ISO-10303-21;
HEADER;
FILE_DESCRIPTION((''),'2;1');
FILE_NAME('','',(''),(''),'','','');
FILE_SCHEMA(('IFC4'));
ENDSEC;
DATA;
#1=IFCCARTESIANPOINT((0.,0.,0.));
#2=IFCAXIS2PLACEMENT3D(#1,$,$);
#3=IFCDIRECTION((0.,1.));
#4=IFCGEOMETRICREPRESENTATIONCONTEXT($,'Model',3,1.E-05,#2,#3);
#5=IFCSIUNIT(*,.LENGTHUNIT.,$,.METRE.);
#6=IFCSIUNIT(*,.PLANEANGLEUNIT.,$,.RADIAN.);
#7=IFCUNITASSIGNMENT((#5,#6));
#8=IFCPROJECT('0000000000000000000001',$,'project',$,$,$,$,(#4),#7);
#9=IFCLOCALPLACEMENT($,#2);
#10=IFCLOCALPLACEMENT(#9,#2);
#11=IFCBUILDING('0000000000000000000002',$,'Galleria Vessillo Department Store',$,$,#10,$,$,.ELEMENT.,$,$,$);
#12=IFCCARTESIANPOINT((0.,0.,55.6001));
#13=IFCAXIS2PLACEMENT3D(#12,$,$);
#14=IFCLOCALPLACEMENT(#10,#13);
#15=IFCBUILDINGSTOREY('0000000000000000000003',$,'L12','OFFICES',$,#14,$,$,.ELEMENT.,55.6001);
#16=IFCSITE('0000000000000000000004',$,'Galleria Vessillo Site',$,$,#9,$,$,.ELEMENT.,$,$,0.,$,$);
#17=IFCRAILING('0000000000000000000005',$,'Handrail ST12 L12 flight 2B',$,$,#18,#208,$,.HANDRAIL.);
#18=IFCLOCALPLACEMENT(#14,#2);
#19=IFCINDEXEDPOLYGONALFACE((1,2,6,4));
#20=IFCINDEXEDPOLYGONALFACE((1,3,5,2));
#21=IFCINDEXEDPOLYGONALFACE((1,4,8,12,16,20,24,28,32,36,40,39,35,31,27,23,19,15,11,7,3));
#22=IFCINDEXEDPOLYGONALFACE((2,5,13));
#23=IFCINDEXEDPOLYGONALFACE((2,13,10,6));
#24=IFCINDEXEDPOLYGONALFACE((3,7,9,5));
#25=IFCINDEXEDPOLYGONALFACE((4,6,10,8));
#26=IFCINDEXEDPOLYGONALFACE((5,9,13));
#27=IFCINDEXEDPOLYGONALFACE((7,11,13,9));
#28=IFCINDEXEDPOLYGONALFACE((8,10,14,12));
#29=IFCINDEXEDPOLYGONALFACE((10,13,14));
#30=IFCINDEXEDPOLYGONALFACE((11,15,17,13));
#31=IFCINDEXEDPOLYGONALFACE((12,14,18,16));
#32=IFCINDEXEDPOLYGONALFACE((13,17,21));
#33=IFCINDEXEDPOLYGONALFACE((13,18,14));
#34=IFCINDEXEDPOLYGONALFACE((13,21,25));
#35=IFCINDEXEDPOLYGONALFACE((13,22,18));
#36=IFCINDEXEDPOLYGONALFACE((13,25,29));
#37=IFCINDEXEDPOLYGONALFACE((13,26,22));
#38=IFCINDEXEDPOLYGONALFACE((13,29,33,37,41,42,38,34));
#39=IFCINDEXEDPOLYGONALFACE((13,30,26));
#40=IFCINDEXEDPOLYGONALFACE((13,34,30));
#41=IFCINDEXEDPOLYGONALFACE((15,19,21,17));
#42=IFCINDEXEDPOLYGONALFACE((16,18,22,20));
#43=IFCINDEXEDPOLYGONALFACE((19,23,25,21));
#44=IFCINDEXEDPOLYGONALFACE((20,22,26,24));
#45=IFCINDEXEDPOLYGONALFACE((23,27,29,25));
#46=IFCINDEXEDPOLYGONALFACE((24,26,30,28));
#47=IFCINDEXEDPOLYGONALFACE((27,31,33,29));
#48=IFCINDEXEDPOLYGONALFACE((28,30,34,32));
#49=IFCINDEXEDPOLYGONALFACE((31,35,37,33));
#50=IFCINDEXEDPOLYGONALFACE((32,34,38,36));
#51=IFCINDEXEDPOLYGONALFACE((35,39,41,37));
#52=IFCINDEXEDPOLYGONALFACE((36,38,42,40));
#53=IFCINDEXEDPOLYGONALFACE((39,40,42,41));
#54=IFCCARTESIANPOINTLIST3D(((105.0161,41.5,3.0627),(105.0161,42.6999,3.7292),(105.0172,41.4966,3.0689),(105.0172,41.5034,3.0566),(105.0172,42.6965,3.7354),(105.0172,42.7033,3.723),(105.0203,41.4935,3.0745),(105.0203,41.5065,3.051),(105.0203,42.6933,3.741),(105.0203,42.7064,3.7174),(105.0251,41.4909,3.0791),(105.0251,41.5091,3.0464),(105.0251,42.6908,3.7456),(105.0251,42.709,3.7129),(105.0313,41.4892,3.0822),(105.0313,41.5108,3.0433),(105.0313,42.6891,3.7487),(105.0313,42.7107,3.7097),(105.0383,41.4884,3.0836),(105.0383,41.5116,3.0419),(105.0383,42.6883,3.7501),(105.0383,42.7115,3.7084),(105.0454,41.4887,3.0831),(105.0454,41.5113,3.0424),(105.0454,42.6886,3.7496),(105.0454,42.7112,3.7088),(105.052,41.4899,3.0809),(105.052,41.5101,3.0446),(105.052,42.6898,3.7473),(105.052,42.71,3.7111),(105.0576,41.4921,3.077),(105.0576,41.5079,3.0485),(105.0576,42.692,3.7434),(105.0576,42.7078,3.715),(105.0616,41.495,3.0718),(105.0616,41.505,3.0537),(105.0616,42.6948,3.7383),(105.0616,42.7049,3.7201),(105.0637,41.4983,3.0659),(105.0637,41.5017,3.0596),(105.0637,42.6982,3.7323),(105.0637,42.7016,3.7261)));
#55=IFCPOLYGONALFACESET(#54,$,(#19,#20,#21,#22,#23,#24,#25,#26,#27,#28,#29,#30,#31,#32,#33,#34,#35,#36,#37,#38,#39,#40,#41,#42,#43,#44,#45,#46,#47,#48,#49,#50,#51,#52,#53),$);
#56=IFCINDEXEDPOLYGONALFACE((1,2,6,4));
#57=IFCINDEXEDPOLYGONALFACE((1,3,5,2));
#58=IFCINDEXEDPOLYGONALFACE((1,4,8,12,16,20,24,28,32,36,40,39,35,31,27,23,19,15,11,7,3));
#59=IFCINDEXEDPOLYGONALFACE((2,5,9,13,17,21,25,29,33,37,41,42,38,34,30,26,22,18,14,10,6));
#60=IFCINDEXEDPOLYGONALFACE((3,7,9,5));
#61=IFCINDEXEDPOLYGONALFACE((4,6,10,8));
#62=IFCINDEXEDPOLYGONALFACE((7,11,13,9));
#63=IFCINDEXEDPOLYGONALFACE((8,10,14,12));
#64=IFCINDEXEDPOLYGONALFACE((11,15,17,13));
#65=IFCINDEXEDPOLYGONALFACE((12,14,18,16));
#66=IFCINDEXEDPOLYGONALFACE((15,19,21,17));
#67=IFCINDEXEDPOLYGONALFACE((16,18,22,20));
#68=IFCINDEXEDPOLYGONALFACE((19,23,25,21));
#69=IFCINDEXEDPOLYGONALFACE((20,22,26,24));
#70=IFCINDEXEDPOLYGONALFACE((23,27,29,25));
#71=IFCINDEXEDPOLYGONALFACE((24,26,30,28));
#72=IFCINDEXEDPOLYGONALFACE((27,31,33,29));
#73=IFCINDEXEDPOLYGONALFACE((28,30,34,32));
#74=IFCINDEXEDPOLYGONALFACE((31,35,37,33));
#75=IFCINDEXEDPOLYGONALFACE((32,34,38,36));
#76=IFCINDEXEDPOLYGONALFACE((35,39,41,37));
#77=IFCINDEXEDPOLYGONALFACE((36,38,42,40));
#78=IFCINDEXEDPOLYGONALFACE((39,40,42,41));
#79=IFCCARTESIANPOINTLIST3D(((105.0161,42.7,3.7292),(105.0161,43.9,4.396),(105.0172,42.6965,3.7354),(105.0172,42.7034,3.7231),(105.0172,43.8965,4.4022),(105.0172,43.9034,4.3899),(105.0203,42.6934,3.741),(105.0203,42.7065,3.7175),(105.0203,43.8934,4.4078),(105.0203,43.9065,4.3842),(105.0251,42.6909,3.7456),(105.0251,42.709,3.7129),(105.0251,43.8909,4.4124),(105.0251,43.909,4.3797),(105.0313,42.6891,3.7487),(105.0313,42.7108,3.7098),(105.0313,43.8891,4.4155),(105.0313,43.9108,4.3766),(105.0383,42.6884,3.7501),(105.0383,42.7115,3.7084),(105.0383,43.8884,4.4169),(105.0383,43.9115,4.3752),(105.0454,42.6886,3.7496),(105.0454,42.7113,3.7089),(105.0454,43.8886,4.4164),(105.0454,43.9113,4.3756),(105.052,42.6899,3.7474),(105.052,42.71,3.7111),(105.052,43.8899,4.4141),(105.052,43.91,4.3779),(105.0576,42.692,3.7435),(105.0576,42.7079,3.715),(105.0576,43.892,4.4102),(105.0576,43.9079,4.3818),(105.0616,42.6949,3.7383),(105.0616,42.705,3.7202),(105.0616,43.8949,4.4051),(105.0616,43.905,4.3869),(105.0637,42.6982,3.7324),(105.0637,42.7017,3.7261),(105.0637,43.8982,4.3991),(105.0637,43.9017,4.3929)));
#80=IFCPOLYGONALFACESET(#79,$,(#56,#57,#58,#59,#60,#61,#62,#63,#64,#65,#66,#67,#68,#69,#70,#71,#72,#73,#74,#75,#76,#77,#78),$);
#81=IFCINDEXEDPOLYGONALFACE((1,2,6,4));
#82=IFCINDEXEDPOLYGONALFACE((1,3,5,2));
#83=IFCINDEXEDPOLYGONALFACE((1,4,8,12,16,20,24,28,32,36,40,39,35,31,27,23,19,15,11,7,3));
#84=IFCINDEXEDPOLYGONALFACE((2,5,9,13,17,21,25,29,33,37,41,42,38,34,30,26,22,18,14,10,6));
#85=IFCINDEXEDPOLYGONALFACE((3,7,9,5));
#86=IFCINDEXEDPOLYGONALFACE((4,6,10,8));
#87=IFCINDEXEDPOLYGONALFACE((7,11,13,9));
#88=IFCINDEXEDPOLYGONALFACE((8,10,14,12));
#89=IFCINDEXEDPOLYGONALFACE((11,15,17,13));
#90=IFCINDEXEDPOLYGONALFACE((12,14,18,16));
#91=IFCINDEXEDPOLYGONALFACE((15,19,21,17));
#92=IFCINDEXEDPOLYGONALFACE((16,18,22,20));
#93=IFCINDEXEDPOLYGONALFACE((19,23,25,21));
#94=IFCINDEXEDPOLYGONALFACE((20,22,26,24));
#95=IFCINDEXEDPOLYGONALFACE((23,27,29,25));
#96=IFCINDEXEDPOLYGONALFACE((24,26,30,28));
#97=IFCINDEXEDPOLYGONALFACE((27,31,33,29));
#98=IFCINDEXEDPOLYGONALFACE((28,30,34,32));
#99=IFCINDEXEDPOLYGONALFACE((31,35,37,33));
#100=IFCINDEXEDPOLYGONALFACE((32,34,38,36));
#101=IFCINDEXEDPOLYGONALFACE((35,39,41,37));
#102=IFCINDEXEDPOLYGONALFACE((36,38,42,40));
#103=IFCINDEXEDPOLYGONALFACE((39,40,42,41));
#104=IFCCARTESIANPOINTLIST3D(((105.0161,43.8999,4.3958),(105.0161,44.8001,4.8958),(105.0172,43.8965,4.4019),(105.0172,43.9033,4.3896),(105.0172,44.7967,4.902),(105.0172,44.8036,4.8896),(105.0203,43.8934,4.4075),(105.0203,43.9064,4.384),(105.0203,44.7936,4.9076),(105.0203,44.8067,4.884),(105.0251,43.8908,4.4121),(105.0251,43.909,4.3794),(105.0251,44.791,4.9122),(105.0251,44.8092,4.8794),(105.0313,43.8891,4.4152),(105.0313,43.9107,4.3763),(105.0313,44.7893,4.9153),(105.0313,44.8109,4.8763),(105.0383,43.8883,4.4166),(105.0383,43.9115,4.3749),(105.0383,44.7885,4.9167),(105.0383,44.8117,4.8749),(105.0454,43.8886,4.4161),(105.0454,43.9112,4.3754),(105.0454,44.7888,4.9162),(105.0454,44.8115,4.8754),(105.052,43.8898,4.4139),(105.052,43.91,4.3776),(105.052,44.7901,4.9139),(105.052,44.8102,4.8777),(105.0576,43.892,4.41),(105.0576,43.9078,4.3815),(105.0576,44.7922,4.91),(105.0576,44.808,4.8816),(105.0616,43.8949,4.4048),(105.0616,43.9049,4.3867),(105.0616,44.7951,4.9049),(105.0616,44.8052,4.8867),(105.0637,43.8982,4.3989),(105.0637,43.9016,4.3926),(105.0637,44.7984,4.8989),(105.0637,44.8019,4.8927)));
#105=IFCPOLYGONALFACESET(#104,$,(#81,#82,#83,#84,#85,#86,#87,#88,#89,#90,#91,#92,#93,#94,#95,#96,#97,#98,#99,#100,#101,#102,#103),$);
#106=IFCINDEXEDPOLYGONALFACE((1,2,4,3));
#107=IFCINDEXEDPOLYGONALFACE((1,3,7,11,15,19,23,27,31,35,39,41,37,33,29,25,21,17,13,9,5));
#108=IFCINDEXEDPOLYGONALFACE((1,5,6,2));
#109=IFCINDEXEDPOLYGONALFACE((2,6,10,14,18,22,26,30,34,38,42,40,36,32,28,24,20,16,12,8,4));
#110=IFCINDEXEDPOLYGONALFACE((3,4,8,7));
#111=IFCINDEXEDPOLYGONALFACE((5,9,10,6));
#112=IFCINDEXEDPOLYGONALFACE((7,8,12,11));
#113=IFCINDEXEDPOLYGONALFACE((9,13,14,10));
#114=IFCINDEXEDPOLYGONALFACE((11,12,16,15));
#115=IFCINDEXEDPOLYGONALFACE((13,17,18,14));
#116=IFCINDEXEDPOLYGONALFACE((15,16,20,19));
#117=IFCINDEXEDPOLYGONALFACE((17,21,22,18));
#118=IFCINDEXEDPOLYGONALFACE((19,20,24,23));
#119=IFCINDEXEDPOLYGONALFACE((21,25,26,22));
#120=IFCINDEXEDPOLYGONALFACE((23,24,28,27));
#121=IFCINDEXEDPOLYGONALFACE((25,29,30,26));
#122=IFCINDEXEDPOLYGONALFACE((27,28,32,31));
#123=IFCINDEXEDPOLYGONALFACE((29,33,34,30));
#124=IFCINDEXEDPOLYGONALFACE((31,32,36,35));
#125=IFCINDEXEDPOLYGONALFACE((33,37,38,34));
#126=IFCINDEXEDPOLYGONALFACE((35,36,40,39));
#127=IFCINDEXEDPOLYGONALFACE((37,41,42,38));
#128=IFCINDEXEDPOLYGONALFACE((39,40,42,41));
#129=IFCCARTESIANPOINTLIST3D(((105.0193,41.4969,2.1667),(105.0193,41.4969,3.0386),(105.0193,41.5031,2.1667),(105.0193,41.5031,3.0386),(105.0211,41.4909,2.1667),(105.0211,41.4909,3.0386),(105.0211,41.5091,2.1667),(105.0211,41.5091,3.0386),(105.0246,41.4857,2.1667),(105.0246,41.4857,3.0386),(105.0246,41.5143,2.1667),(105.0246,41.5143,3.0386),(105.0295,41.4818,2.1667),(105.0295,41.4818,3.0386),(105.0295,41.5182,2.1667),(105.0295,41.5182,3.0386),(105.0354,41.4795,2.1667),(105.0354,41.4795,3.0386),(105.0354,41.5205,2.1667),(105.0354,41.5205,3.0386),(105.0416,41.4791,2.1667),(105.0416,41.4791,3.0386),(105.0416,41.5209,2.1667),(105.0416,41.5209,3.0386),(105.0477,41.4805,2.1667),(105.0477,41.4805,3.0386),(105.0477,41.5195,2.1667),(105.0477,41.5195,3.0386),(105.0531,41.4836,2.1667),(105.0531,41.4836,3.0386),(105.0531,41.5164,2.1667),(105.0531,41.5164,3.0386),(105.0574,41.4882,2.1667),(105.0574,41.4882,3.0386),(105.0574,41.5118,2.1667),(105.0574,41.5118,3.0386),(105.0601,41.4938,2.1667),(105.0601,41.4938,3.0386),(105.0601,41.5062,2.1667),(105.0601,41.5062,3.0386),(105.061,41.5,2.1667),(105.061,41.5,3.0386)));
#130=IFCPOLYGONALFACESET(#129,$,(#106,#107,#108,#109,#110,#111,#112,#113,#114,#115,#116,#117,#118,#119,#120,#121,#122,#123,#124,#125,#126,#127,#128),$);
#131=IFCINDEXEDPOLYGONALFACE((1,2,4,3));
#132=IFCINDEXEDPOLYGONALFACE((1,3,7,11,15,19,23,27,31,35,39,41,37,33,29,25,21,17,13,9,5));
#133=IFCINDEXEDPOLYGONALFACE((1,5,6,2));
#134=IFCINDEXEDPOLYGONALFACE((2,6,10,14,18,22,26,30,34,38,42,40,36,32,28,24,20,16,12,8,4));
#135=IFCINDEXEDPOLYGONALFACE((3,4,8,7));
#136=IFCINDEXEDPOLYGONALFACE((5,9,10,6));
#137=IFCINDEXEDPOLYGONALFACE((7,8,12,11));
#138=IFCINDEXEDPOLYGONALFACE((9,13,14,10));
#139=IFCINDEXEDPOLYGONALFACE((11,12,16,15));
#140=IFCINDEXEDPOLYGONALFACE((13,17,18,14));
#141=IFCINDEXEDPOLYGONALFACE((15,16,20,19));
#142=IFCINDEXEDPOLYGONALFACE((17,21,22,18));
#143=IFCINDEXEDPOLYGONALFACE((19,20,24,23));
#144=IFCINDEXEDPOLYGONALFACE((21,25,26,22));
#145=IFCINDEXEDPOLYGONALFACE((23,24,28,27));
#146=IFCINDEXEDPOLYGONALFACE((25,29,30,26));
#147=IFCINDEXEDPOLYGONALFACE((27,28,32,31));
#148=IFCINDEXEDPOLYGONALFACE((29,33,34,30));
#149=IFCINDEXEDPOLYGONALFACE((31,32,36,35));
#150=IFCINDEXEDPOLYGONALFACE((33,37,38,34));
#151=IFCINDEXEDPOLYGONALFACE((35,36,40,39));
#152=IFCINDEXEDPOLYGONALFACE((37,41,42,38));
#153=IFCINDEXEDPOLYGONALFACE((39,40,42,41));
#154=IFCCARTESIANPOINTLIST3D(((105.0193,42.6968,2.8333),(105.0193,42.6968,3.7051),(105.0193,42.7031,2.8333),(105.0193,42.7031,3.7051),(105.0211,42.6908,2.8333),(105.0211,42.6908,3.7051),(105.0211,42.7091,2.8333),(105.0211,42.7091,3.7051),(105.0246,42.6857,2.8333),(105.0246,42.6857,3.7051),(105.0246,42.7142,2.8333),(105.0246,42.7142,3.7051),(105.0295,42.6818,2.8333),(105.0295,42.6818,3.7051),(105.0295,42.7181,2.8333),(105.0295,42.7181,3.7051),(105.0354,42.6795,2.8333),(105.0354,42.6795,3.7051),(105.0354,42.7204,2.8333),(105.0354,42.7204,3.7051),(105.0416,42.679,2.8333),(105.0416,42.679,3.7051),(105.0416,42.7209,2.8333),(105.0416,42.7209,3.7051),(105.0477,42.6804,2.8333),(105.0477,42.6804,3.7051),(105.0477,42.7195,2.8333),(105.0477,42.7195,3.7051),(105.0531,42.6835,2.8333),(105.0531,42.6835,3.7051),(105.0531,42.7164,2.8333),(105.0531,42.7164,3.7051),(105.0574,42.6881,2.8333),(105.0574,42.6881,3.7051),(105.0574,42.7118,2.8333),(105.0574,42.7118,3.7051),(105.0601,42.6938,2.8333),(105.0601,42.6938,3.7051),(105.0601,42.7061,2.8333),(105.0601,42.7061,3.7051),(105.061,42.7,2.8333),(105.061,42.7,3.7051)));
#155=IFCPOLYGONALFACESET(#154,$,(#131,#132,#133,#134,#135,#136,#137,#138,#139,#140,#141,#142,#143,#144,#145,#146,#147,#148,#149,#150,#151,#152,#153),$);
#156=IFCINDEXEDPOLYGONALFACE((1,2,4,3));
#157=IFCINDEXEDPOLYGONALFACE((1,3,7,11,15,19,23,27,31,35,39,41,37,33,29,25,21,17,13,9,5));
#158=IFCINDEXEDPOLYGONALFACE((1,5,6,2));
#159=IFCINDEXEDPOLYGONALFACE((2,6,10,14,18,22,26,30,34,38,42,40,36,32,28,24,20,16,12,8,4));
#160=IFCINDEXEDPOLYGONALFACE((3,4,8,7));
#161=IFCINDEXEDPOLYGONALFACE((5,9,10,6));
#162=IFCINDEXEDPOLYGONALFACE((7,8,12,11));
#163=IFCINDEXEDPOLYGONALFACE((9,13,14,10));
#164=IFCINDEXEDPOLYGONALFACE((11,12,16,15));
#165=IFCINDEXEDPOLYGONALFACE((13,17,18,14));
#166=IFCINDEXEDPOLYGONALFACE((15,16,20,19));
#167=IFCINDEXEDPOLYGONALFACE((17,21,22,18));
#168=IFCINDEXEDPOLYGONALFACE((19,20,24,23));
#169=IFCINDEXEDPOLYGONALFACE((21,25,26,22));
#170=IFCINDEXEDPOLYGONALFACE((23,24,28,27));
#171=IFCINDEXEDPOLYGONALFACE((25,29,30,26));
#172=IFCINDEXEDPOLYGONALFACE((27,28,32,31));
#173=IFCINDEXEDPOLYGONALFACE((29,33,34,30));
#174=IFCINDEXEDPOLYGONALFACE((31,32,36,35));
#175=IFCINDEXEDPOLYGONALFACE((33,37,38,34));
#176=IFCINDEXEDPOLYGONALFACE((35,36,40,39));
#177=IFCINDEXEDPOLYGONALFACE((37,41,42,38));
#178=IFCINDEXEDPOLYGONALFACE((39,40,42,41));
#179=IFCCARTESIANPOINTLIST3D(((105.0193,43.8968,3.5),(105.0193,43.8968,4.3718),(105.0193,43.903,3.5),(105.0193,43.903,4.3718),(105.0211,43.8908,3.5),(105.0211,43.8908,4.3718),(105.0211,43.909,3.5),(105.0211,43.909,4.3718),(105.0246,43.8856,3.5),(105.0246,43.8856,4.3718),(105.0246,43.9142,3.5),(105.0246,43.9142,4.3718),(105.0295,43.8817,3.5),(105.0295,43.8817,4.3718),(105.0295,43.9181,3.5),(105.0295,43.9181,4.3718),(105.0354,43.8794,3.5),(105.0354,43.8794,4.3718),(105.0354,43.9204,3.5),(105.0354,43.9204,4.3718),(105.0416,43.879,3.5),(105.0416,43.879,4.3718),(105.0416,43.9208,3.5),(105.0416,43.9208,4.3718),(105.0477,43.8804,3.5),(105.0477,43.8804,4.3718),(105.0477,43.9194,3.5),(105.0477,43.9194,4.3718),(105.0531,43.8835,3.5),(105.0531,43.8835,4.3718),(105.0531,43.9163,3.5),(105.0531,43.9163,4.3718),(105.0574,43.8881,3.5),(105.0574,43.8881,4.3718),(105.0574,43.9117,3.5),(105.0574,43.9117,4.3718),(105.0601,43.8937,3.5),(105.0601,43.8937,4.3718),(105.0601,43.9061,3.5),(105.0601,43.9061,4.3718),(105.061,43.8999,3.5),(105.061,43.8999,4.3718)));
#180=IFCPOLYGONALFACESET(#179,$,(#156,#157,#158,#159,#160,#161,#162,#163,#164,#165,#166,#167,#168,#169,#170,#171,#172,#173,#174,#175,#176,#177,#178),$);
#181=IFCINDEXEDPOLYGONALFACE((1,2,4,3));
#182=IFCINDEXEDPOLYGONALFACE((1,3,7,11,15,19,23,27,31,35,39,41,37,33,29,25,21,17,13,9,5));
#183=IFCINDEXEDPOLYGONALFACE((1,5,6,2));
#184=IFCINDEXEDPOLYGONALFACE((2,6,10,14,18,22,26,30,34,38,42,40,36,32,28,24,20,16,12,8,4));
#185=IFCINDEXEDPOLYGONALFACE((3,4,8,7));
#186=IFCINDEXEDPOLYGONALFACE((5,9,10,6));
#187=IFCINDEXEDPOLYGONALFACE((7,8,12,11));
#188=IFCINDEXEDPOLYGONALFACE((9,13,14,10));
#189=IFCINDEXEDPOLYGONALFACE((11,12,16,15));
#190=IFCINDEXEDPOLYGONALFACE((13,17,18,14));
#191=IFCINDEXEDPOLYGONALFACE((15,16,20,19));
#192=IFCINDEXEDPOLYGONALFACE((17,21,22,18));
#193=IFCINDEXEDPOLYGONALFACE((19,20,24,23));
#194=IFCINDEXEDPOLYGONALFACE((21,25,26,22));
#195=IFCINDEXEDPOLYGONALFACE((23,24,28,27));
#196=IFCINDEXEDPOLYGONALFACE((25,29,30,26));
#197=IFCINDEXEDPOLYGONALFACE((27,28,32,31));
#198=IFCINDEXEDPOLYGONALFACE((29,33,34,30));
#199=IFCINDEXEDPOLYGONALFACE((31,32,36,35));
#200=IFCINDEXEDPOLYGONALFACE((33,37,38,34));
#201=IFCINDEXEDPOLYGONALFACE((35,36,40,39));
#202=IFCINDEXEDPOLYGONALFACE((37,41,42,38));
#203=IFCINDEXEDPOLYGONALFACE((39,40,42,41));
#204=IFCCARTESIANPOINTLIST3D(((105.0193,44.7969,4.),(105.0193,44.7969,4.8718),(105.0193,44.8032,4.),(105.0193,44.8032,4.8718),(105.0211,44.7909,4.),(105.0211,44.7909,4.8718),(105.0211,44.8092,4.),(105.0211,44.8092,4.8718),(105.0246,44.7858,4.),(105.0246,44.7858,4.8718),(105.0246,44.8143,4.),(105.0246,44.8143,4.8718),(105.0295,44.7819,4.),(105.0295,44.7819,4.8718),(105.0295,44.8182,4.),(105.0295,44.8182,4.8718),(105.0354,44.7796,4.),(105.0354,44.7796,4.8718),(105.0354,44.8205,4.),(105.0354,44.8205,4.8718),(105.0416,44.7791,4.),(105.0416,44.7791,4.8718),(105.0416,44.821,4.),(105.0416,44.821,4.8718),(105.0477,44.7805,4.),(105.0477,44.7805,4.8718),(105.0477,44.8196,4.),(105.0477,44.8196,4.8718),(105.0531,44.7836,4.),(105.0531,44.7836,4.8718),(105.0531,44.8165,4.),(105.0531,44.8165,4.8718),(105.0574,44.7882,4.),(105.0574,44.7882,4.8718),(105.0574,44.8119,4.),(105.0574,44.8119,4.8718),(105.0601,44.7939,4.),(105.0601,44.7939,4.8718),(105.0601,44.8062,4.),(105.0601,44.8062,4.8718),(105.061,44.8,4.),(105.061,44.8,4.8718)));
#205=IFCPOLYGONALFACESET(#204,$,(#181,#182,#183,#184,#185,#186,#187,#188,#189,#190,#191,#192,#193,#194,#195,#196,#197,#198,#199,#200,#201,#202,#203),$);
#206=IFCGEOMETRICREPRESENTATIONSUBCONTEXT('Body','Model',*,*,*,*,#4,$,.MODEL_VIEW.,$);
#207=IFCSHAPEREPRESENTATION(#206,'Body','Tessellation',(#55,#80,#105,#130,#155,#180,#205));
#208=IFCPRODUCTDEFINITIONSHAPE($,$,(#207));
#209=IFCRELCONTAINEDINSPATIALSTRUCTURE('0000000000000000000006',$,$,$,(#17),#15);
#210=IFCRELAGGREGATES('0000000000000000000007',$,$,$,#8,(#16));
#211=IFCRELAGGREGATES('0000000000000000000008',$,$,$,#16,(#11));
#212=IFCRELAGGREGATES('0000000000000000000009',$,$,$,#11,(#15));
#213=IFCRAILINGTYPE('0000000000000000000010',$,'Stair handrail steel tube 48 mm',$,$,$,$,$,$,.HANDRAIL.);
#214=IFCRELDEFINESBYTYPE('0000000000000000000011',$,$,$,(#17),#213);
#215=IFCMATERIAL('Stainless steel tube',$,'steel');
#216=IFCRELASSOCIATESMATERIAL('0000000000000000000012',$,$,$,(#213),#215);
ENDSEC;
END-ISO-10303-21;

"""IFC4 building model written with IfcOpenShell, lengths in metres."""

from ifc_helpers import new_model, si_unit, direction, frame, origin, origin_2d, place, context, subcontext, project, spatial, circle, extrude, material, type_object, element, save


model = new_model("IFC4")

# Units and contexts
model_context = context("Model", 3, precision=1e-05, world=origin(), true_north=direction((0.0, 1.0)))
body_context = subcontext(model_context, "Body", "Model", "MODEL_VIEW")
ifc_project = project(units=[si_unit("LENGTHUNIT", "METRE"), si_unit("PLANEANGLEUNIT", "RADIAN")], contexts=[model_context])

# Site, building, storey
site_placement = place(None, origin())
site = spatial("IfcSite", under=ifc_project, at=site_placement, Name="Galleria Vessillo Site", CompositionType="ELEMENT", RefElevation=0.0)
building_placement = place(site_placement, origin())
building = spatial("IfcBuilding", under=site, at=building_placement, Name="Galleria Vessillo Department Store", CompositionType="ELEMENT")
storey_placement = place(building_placement, frame((0.0, 0.0, 55.6001)))
storey = spatial("IfcBuildingStorey", under=building, at=storey_placement, Name="L12", Description="OFFICES", CompositionType="ELEMENT", Elevation=55.6001)

# Railing
ifc_material_1 = material(Name="Stainless steel tube", Category="steel")
railing_type = type_object("IfcRailingType", Name="Stair handrail steel tube 48 mm", PredefinedType="HANDRAIL", material=ifc_material_1)
for number, where, name in (
    (1, (105.04, 41.5, 2.1667), "Handrail ST12 L12 flight 2B"),
):
    element("IfcRailing", number, at=place(storey_placement, frame(where)), inside=storey, type_object=railing_type, Name=name, PredefinedType="HANDRAIL", context=body_context, shape_type="SweptSolid", body=[
        extrude(circle(Radius=0.0239, at=origin_2d()), frame((0.0, 0.0, 0.896), z_axis=(0.0, 0.874199, 0.485567), x_axis=(-1.0, 0.0, 0.0)), (0.0, 0.0, 1.0), 1.3726),
        extrude(circle(Radius=0.0239, at=origin_2d()), frame((0.0, 1.2, 1.5625), z_axis=(0.0, 0.874124, 0.485703), x_axis=(-1.0, 0.0, 0.0)), (0.0, 0.0, 1.0), 1.3728),
        extrude(circle(Radius=0.0239, at=origin_2d()), frame((0.0, 2.3999, 2.229), z_axis=(0.0, 0.874191, 0.485583), x_axis=(-1.0, 0.0, 0.0)), (0.0, 0.0, 1.0), 1.0298),
        extrude(circle(Radius=0.021, at=origin_2d()), origin(), (0.0, 0.0, 1.0), 0.8718),
        extrude(circle(Radius=0.021, at=origin_2d()), frame((0.0, 1.2, 0.6665)), (0.0, 0.0, 1.0), 0.8718),
        extrude(circle(Radius=0.021, at=origin_2d()), frame((0.0, 2.3999, 1.3333)), (0.0, 0.0, 1.0), 0.8718),
        extrude(circle(Radius=0.021, at=origin_2d()), frame((0.0, 3.3, 1.8333)), (0.0, 0.0, 1.0), 0.8718),
    ])

save(model, "model.ifc")
